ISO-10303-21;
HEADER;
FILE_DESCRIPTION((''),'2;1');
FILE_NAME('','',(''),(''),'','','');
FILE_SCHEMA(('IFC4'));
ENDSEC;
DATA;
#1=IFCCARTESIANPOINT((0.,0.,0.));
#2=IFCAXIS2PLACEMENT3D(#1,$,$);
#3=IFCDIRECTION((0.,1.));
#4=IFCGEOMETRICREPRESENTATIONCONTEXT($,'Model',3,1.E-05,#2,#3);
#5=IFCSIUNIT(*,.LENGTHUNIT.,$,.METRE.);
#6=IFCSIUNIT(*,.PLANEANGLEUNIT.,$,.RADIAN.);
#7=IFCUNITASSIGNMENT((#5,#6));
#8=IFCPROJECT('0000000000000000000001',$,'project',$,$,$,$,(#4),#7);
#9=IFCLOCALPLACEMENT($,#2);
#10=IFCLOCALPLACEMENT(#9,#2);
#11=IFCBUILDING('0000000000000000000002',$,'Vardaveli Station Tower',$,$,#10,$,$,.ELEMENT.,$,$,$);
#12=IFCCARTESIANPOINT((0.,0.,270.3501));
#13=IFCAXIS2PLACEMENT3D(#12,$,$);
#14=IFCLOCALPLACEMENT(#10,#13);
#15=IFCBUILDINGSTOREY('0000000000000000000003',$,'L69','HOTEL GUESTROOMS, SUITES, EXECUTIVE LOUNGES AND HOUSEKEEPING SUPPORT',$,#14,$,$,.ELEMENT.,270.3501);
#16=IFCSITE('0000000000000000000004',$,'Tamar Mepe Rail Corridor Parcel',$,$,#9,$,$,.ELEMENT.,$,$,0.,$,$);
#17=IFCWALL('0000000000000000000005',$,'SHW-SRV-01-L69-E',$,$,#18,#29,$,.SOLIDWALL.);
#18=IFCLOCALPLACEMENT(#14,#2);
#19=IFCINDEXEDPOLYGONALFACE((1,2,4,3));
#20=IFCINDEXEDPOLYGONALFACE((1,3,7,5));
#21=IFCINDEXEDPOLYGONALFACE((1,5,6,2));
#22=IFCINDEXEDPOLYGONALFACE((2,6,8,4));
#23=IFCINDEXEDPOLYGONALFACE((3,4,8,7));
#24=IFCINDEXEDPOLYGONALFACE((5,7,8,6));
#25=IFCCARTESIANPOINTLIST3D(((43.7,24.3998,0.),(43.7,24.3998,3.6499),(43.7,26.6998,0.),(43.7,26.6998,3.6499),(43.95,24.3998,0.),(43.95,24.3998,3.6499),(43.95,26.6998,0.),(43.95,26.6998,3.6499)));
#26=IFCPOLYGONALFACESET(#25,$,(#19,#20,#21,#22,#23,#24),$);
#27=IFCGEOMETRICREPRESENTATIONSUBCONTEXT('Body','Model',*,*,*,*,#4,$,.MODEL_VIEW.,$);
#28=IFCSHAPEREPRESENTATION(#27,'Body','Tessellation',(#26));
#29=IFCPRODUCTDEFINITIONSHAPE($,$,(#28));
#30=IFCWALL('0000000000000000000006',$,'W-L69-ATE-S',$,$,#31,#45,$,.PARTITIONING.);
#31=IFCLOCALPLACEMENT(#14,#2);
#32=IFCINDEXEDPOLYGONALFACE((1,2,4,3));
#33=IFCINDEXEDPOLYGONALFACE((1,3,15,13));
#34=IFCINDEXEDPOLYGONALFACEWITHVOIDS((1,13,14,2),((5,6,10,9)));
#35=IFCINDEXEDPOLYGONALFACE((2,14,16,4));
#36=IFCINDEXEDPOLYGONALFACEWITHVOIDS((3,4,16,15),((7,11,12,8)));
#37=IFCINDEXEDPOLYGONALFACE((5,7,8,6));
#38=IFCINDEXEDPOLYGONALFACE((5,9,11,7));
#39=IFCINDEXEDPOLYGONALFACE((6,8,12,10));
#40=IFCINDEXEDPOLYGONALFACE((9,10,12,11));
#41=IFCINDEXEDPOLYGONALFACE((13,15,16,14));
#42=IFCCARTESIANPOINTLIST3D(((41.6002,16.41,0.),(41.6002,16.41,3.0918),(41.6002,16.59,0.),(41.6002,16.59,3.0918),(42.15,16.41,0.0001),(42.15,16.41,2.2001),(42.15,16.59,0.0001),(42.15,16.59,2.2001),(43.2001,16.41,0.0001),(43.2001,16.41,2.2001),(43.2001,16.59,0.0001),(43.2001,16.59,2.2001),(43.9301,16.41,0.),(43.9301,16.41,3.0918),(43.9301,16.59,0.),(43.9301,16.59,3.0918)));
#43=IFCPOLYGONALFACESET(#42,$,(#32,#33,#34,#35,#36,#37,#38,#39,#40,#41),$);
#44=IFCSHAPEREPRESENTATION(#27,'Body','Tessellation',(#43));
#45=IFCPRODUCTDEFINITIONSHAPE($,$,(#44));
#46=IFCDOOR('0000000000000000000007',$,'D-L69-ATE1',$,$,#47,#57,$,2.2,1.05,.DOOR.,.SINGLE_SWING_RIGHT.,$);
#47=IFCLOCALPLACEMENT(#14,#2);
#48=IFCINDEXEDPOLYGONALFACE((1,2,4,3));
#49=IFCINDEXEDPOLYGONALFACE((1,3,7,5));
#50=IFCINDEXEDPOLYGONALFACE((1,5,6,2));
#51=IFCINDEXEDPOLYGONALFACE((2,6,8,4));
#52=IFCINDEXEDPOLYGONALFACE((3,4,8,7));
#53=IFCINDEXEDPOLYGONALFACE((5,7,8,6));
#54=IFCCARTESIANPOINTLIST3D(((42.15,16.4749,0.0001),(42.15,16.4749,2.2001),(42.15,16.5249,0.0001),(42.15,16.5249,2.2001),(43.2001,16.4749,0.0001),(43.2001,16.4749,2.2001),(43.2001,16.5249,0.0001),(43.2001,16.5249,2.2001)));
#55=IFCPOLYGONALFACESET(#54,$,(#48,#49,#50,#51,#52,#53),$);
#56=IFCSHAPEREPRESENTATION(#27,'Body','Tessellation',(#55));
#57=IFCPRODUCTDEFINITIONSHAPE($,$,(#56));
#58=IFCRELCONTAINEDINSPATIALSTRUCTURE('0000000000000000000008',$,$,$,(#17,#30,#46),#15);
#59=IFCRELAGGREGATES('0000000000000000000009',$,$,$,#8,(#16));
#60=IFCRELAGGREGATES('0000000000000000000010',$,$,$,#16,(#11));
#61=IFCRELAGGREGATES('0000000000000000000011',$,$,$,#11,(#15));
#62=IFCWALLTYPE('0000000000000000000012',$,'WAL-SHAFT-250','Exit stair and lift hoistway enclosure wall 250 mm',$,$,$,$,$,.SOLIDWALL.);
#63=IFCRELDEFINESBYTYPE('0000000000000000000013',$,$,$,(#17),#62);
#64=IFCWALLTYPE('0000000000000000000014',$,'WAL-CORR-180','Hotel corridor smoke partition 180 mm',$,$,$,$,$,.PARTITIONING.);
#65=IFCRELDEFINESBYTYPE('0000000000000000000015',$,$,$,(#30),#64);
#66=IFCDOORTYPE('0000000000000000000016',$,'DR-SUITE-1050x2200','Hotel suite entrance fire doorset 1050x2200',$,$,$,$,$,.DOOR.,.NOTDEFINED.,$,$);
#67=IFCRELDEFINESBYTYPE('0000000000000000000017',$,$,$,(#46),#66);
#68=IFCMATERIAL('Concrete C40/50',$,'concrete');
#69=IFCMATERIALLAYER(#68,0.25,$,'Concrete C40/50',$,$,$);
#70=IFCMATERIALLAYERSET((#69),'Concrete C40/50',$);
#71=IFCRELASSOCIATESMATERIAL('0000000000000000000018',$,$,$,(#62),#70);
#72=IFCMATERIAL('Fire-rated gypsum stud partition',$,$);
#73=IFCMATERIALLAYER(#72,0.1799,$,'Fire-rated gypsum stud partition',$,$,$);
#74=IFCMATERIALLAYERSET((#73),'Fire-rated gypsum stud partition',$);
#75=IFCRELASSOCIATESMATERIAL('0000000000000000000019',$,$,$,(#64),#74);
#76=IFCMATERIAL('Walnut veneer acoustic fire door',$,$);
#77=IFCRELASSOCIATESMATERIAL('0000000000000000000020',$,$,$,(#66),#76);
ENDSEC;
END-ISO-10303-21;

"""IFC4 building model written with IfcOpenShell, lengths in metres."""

from ifc_helpers import new_model, si_unit, direction, frame, frame_2d, origin, place, context, subcontext, project, spatial, rectangle, extrude, source, transform, mapped, material, layer, layer_set, type_object, element, fill, save


model = new_model("IFC4")

# Units and contexts
model_context = context("Model", 3, precision=1e-05, world=origin(), true_north=direction((0.0, 1.0)))
body_context = subcontext(model_context, "Body", "Model", "MODEL_VIEW")
ifc_project = project(units=[si_unit("LENGTHUNIT", "METRE"), si_unit("PLANEANGLEUNIT", "RADIAN")], contexts=[model_context])

# Site, building, storey
site_placement = place(None, origin())
site = spatial("IfcSite", under=ifc_project, at=site_placement, Name="Tamar Mepe Rail Corridor Parcel", CompositionType="ELEMENT", RefElevation=0.0)
building_placement = place(site_placement, origin())
building = spatial("IfcBuilding", under=site, at=building_placement, Name="Vardaveli Station Tower", CompositionType="ELEMENT")
storey_placement = place(building_placement, frame((0.0, 0.0, 270.3501)))
storey = spatial("IfcBuildingStorey", under=building, at=storey_placement, Name="L69", Description="HOTEL GUESTROOMS, SUITES, EXECUTIVE LOUNGES AND HOUSEKEEPING SUPPORT", CompositionType="ELEMENT", Elevation=270.3501)

# Shared definitions
ifc_material_1 = material(Name="Concrete C40/50", Category="concrete")

# Wall
ifc_layer_1 = layer(ifc_material_1, 0.25, Name="Concrete C40/50")
ifc_layer_set_1 = layer_set([ifc_layer_1], Name="Concrete C40/50")
wall_type_1 = type_object("IfcWallType", Name="WAL-SHAFT-250", Description="Exit stair and lift hoistway enclosure wall 250 mm", PredefinedType="SOLIDWALL", material=ifc_layer_set_1)
shared_shape_1 = source(origin(), body_context, "Body", "SweptSolid", [
    extrude(rectangle(XDim=2.3, YDim=0.25, at=frame_2d((1.1499, 0.0))), origin(), (0.0, 0.0, 1.0), 3.6499),
])
for number, where, z_axis, x_axis, name in (
    (1, (43.825, 24.3999, 0.0), (0.0, 0.0, 1.0), (0.0, 1.0, 0.0), "SHW-SRV-01-L69-E"),
):
    element("IfcWall", number, at=place(storey_placement, frame(where, z_axis=z_axis, x_axis=x_axis)), inside=storey, type_object=wall_type_1, Name=name, PredefinedType="SOLIDWALL", context=body_context, shape_type="MappedRepresentation", body=[
        mapped(shared_shape_1, transform((0.0, 0.0, 0.0), scale=1.0)),
    ])

# Wall, opening, door
ifc_material_2 = material(Name="Fire-rated gypsum stud partition")
ifc_layer_2 = layer(ifc_material_2, 0.1799, Name="Fire-rated gypsum stud partition")
ifc_layer_set_2 = layer_set([ifc_layer_2], Name="Fire-rated gypsum stud partition")
wall_type_2 = type_object("IfcWallType", Name="WAL-CORR-180", Description="Hotel corridor smoke partition 180 mm", PredefinedType="PARTITIONING", material=ifc_layer_set_2)
shared_shape_2 = source(origin(), body_context, "Body", "SweptSolid", [
    extrude(rectangle(XDim=2.3298, YDim=0.1799, at=frame_2d((1.165, 0.0))), origin(), (0.0, 0.0, 1.0), 3.0918),
])
wall_1_placement = place(storey_placement, frame((41.6001, 16.5, 0.0), z_axis=(0.0, 0.0, 1.0), x_axis=(1.0, 0.0, 0.0)))
wall_1 = element("IfcWall", 2, at=wall_1_placement, inside=storey, type_object=wall_type_2, Name="W-L69-ATE-S", PredefinedType="PARTITIONING", context=body_context, shape_type="MappedRepresentation", body=[
    mapped(shared_shape_2, transform((0.0, 0.0, 0.0), scale=1.0)),
])
shared_shape_3 = source(origin(), body_context, "Body", "SweptSolid", [
    extrude(rectangle(XDim=1.05, YDim=2.2, at=frame_2d((0.5249, 1.1001))), frame((0.0, 0.1001, 0.0), z_axis=(0.0, -1.0, 0.0), x_axis=(1.0, 0.0, 0.0)), (0.0, 0.0, 1.0), 0.2),
])
opening_1_placement = place(wall_1_placement, frame((0.55, 0.0, 0.0)))
opening_1 = element("IfcOpeningElement", 3, at=opening_1_placement, cuts=wall_1, PredefinedType="OPENING", context=body_context, shape_type="MappedRepresentation", body=[
    mapped(shared_shape_3, transform((0.0, 0.0, 0.0), scale=1.0)),
])
ifc_material_3 = material(Name="Walnut veneer acoustic fire door")
door_type_1 = type_object("IfcDoorType", Name="DR-SUITE-1050x2200", Description="Hotel suite entrance fire doorset 1050x2200", OperationType="NOTDEFINED", PredefinedType="DOOR", material=ifc_material_3)
shared_shape_4 = source(origin(), body_context, "Body", "SweptSolid", [
    extrude(rectangle(XDim=1.05, YDim=2.2, at=frame_2d((0.5249, 1.1001))), frame((0.0, 0.0249, 0.0), z_axis=(0.0, -1.0, 0.0), x_axis=(1.0, 0.0, 0.0)), (0.0, 0.0, 1.0), 0.05),
])
door_1_placement = place(opening_1_placement, origin())
door_1 = element("IfcDoor", 4, at=door_1_placement, inside=storey, type_object=door_type_1, Name="D-L69-ATE1", OperationType="SINGLE_SWING_RIGHT", OverallHeight=2.2, OverallWidth=1.05, PredefinedType="DOOR", context=body_context, shape_type="MappedRepresentation", body=[
    mapped(shared_shape_4, transform((0.0, 0.0, 0.0), scale=1.0)),
])
fill(opening_1, door_1)

save(model, "model.ifc")
